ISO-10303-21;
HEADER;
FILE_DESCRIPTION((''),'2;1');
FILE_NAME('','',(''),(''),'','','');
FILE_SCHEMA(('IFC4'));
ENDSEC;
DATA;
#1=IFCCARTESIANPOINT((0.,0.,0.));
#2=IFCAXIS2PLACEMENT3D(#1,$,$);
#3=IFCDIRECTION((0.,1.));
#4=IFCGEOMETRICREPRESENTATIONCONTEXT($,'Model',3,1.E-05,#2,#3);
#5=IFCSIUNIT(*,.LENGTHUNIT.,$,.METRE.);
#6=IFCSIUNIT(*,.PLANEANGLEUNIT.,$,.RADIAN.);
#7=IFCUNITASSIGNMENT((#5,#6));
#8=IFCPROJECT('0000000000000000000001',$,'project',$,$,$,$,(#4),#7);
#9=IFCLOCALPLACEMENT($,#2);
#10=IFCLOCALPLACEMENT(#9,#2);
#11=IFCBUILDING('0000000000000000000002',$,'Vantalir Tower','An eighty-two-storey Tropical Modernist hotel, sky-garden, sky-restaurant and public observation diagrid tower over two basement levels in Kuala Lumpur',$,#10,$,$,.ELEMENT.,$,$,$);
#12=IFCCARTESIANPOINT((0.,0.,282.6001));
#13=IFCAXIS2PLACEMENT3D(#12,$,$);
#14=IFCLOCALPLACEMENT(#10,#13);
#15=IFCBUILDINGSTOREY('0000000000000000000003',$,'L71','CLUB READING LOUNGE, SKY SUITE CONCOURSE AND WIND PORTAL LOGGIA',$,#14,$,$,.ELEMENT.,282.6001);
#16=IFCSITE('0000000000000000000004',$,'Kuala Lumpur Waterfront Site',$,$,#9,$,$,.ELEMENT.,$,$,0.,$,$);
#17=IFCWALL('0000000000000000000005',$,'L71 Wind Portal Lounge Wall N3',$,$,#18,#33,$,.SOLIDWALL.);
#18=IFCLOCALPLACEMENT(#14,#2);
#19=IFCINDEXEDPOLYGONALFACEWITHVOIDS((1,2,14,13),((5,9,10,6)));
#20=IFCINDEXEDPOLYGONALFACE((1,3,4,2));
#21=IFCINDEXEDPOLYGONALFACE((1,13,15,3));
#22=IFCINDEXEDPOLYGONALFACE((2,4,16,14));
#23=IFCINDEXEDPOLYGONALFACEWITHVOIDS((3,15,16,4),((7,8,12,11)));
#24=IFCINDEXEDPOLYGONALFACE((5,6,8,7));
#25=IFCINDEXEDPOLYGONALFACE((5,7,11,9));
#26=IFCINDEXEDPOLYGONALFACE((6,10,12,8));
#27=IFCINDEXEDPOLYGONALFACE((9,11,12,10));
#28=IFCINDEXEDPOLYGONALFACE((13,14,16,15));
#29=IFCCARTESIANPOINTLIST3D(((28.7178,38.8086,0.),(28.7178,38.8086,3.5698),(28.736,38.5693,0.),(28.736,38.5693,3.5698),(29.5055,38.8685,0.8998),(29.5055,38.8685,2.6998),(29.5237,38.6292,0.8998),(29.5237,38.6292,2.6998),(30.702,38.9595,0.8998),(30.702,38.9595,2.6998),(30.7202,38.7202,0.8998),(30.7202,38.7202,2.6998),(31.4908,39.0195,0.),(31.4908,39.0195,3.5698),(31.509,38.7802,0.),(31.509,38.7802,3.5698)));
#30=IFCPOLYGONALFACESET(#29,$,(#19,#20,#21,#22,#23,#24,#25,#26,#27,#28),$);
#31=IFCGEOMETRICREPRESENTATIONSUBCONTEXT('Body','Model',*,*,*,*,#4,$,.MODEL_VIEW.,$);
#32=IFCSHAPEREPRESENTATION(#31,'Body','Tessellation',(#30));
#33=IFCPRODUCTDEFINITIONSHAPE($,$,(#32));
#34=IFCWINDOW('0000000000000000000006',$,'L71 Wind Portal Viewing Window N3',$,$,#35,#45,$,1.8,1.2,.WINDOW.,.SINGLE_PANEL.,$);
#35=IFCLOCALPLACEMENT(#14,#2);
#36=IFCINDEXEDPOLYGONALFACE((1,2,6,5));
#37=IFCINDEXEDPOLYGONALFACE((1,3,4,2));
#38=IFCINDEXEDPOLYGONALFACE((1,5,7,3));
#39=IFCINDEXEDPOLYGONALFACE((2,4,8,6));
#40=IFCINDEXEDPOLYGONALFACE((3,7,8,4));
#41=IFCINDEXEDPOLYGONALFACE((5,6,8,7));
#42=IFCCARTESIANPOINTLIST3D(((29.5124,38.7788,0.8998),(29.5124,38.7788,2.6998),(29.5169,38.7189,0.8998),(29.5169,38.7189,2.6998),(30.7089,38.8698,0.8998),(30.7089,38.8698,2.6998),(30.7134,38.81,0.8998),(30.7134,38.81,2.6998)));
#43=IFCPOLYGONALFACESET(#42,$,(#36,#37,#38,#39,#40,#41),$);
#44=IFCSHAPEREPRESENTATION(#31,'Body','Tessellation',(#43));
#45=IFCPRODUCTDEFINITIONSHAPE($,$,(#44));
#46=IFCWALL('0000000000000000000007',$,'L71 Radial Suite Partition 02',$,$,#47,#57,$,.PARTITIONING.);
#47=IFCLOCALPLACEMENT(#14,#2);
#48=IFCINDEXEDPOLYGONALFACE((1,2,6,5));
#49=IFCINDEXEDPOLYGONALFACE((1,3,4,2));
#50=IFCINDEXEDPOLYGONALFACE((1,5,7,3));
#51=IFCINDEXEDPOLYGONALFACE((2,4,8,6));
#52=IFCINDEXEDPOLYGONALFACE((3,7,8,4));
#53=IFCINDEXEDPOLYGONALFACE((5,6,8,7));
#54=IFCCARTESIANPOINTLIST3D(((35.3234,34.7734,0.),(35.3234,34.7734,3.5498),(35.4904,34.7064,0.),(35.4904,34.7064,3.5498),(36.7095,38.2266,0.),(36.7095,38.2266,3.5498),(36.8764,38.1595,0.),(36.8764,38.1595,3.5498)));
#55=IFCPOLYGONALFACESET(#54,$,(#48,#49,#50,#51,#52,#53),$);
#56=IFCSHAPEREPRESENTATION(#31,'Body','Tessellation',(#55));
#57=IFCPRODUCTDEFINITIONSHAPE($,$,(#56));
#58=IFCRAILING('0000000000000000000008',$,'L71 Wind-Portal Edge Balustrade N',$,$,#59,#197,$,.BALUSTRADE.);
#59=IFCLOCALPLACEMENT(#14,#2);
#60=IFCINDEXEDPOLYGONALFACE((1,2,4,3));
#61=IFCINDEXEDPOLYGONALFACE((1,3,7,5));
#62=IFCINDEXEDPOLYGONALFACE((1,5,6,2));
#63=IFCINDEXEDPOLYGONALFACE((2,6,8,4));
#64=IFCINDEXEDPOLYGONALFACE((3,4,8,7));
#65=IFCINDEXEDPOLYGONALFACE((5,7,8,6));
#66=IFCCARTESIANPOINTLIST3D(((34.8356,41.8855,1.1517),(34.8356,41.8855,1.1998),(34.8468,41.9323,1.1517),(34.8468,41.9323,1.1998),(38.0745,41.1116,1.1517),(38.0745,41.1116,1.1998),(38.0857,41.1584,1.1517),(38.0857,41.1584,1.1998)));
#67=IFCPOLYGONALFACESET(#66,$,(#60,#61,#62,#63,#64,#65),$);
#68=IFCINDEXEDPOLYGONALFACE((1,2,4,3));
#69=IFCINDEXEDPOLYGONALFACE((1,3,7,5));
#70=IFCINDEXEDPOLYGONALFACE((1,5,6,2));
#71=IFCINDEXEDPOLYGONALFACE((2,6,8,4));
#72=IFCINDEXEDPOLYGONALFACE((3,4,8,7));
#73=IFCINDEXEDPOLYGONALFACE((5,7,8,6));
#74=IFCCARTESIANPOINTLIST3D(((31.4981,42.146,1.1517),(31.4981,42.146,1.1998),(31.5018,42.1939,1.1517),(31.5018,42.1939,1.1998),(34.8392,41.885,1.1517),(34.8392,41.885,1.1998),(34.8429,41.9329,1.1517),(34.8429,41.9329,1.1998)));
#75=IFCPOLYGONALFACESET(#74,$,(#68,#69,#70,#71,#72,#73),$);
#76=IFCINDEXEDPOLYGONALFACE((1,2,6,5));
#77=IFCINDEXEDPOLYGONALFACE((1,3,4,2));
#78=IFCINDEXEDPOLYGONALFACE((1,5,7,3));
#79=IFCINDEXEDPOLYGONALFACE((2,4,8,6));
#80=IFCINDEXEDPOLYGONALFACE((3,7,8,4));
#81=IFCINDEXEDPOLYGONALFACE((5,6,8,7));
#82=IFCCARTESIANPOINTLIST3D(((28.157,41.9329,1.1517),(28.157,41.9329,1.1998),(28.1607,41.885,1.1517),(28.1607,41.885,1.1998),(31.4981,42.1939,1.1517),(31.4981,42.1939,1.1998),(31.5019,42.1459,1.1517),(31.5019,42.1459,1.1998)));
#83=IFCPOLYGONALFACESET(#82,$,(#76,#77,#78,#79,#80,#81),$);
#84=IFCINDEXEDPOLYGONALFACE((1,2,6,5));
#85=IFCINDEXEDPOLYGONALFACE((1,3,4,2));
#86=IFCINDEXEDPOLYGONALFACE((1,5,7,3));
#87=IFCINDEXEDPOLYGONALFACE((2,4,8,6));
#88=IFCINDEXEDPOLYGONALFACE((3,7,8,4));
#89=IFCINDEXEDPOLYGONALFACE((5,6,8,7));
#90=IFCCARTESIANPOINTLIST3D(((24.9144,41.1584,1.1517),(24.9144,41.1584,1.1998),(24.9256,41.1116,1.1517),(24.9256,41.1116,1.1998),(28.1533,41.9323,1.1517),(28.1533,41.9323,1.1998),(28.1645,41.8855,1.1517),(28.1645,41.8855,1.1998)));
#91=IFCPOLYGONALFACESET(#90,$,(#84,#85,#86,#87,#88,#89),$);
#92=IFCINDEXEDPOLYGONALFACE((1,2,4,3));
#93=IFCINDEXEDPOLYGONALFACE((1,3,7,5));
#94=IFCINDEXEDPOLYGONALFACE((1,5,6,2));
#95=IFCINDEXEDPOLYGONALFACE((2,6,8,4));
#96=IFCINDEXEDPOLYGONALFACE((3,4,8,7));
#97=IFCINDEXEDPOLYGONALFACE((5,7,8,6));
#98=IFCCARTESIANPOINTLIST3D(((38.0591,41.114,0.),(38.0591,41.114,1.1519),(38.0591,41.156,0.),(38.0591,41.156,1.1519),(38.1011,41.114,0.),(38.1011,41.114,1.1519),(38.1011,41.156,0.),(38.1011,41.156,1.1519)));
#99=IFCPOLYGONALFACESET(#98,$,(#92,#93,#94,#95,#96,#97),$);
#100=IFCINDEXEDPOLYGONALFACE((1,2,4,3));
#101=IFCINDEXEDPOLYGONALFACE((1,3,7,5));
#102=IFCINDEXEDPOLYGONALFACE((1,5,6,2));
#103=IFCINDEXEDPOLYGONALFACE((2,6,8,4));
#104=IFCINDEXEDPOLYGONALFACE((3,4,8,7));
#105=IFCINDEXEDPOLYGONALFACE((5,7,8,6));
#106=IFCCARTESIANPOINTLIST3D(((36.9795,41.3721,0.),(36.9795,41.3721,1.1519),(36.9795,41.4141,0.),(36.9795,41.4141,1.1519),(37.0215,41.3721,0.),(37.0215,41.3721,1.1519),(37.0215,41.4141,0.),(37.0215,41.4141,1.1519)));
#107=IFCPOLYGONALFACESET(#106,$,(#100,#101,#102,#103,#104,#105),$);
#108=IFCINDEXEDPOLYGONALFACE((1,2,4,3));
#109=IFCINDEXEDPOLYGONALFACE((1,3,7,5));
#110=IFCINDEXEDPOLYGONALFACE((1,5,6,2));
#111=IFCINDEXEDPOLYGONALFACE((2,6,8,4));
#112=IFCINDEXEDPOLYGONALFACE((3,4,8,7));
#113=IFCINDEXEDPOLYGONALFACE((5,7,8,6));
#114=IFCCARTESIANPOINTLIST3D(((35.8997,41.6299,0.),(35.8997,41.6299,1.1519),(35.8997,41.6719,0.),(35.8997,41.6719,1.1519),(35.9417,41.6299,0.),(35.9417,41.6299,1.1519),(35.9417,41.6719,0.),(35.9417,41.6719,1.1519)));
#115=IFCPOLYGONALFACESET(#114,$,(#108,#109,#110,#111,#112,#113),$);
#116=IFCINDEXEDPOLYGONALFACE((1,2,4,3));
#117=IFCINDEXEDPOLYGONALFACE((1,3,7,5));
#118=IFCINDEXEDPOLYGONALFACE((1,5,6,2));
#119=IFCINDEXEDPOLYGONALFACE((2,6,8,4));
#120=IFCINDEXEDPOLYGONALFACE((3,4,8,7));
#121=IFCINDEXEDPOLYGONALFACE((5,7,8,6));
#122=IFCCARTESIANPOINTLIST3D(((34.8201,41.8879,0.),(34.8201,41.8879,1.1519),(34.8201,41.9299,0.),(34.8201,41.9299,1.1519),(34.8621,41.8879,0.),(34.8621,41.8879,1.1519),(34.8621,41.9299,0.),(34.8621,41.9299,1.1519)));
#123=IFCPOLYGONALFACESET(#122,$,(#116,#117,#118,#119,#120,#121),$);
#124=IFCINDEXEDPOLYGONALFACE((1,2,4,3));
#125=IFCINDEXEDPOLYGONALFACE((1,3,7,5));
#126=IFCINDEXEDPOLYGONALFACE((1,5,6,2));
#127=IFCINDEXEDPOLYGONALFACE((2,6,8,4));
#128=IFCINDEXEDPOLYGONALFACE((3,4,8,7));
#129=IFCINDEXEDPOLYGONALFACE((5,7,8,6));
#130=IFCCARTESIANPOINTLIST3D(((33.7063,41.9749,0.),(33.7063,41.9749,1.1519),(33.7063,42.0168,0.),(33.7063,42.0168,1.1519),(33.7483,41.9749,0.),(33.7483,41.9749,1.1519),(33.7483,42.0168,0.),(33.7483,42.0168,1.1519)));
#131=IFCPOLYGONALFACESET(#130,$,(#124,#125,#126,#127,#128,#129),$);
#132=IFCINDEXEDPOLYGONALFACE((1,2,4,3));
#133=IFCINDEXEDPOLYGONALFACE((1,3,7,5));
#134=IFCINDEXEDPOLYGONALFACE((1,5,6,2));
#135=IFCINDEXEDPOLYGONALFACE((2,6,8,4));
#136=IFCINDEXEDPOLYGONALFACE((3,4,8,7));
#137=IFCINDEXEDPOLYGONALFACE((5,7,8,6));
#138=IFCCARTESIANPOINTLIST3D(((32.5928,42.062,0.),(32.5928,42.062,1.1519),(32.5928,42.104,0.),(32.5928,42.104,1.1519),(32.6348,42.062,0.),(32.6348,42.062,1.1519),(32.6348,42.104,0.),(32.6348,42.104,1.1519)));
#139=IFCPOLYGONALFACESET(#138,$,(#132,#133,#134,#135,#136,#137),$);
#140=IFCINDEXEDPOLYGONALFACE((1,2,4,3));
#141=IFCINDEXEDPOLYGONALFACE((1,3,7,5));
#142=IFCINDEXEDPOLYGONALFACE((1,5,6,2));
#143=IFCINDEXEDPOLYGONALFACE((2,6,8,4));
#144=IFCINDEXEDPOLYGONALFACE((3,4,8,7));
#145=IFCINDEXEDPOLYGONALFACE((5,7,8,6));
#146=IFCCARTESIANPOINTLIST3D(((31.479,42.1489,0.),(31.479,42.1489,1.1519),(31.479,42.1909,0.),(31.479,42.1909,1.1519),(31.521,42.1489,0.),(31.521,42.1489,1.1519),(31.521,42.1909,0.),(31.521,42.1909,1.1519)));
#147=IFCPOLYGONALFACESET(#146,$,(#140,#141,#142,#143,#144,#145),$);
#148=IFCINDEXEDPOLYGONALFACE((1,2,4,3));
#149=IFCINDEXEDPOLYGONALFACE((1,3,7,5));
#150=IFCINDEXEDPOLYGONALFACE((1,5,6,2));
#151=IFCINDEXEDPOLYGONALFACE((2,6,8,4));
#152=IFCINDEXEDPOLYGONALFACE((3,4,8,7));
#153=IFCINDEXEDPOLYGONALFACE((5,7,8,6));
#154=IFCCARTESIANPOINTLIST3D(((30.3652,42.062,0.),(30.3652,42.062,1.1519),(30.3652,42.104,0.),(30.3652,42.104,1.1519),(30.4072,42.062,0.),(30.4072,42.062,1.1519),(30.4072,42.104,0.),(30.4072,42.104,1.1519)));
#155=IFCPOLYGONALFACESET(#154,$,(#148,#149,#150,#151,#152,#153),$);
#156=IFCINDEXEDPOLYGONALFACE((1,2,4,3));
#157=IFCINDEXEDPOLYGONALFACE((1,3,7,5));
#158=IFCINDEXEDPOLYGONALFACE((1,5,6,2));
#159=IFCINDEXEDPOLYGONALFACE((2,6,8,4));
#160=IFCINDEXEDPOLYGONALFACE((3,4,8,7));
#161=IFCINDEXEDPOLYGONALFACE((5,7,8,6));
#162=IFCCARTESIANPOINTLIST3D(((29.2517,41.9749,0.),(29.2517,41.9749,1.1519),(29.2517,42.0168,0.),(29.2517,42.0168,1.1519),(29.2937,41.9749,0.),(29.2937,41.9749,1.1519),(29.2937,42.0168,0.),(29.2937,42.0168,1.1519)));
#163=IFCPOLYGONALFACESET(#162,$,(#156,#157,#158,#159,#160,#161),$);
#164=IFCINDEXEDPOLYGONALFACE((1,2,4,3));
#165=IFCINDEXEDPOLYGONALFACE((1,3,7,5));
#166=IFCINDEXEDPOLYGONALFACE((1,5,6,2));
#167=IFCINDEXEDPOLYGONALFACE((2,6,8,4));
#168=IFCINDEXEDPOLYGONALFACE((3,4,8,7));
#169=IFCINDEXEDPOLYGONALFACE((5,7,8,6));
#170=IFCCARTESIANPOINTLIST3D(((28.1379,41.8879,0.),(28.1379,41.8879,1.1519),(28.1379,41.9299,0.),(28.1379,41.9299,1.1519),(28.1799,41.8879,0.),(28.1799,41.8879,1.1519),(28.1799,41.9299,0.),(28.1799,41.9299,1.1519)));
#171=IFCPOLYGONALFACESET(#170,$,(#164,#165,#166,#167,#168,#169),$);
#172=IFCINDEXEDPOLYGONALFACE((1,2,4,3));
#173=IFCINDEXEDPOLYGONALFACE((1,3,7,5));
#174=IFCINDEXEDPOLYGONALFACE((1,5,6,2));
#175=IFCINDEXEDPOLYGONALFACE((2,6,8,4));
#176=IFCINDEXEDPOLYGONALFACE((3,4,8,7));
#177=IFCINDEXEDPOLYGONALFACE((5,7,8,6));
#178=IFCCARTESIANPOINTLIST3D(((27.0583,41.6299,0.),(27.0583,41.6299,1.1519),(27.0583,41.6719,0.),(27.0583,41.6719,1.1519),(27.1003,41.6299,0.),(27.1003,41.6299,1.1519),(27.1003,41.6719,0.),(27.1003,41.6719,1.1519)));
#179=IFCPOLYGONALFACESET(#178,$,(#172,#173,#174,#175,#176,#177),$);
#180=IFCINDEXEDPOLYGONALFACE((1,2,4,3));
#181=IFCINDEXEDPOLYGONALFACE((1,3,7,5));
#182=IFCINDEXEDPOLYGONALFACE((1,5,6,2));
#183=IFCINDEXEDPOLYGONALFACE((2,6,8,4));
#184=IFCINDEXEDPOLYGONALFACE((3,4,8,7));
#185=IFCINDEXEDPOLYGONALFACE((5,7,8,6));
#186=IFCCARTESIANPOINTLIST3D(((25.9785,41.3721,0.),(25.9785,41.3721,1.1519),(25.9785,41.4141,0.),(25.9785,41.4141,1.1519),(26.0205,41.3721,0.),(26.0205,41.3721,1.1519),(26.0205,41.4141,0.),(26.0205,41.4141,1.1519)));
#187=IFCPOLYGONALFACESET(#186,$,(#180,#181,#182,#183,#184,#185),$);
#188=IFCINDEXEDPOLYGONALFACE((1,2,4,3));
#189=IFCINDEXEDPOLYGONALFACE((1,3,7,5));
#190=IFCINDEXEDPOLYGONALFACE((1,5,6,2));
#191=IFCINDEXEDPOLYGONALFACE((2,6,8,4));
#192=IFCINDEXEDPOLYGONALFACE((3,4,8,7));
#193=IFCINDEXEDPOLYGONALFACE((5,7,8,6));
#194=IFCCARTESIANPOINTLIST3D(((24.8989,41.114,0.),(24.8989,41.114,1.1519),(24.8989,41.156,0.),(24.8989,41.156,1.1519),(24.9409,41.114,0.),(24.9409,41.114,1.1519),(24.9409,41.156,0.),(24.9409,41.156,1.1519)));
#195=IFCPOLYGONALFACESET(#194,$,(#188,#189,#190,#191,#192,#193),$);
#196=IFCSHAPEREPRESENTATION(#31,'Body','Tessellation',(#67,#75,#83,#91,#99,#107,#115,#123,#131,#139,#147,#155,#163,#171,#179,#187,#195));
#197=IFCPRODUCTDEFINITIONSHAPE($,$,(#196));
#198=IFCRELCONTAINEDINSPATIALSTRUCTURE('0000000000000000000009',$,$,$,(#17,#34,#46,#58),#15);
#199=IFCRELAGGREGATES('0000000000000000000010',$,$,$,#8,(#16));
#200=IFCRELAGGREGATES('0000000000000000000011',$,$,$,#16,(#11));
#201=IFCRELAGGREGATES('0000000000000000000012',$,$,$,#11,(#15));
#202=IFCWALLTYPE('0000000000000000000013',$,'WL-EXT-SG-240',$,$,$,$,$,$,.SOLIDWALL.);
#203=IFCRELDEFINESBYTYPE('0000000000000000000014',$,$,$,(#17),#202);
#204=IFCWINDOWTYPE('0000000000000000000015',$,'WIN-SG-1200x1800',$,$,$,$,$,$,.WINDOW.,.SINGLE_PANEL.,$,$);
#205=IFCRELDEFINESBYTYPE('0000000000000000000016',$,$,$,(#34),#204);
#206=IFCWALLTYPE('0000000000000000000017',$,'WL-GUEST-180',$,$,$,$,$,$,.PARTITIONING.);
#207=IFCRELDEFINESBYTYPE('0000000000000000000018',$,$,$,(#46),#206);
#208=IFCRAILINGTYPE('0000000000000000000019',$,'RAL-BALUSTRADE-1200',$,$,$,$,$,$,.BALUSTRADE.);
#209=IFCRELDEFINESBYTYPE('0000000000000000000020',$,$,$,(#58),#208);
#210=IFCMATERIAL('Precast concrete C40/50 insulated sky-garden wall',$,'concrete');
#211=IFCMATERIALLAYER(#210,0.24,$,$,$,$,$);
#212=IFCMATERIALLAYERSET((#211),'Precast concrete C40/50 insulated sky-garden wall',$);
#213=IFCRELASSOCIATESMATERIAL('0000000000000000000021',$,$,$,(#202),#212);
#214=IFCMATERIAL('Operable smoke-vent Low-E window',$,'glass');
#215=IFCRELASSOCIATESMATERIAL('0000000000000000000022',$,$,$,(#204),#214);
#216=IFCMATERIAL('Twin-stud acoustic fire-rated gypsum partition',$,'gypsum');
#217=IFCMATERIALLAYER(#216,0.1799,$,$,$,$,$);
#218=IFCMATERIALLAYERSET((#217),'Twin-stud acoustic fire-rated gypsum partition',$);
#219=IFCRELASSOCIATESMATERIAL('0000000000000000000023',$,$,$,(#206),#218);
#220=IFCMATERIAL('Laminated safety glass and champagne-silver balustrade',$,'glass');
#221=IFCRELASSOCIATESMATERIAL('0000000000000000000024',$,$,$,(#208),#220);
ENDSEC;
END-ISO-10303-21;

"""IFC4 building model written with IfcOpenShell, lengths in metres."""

from ifc_helpers import new_model, si_unit, direction, frame, frame_2d, origin, origin_2d, place, context, subcontext, project, spatial, rectangle, extrude, material, layer, layer_set, type_object, element, fill, save


model = new_model("IFC4")

# Units and contexts
model_context = context("Model", 3, precision=1e-05, world=origin(), true_north=direction((0.0, 1.0)))
body_context = subcontext(model_context, "Body", "Model", "MODEL_VIEW")
ifc_project = project(units=[si_unit("LENGTHUNIT", "METRE"), si_unit("PLANEANGLEUNIT", "RADIAN")], contexts=[model_context])

# Site, building, storey
site_placement = place(None, origin())
site = spatial("IfcSite", under=ifc_project, at=site_placement, Name="Kuala Lumpur Waterfront Site", CompositionType="ELEMENT", RefElevation=0.0)
building_placement = place(site_placement, origin())
building = spatial("IfcBuilding", under=site, at=building_placement, Name="Vantalir Tower", Description="An eighty-two-storey Tropical Modernist hotel, sky-garden, sky-restaurant and public observation diagrid tower over two basement levels in Kuala Lumpur", CompositionType="ELEMENT")
storey_placement = place(building_placement, frame((0.0, 0.0, 282.6001)))
storey = spatial("IfcBuildingStorey", under=building, at=storey_placement, Name="L71", Description="CLUB READING LOUNGE, SKY SUITE CONCOURSE AND WIND PORTAL LOGGIA", CompositionType="ELEMENT", Elevation=282.6001)

# Shared definitions
ifc_material_1 = material(Name="Precast concrete C40/50 insulated sky-garden wall", Category="concrete")
ifc_layer_1 = layer(ifc_material_1, 0.24)
ifc_layer_set_1 = layer_set([ifc_layer_1], Name="Precast concrete C40/50 insulated sky-garden wall")
wall_type_1 = type_object("IfcWallType", Name="WL-EXT-SG-240", PredefinedType="SOLIDWALL", material=ifc_layer_set_1)

# Shared definitions
ifc_material_2 = material(Name="Operable smoke-vent Low-E window", Category="glass")
window_type = type_object("IfcWindowType", Name="WIN-SG-1200x1800", PartitioningType="SINGLE_PANEL", PredefinedType="WINDOW", material=ifc_material_2)

# Wall, opening, window
wall_1_placement = place(storey_placement, frame((31.5, 38.8999, 0.0), z_axis=(0.0, 0.0, 1.0), x_axis=(-0.997119, -0.075851, 0.0)))
wall_1 = element("IfcWall", 1, at=wall_1_placement, inside=storey, type_object=wall_type_1, Name="L71 Wind Portal Lounge Wall N3", PredefinedType="SOLIDWALL", context=body_context, shape_type="SweptSolid", body=[
    extrude(rectangle(XDim=2.781, YDim=0.24, at=frame_2d((1.3906, 0.0))), origin(), (0.0, 0.0, 1.0), 3.5698),
])
opening_1_placement = place(wall_1_placement, frame((0.791, 0.0, 0.8999)))
opening_1 = element("IfcOpeningElement", 2, at=opening_1_placement, cuts=wall_1, PredefinedType="OPENING", context=body_context, shape_type="SweptSolid", body=[
    extrude(rectangle(XDim=1.2, YDim=1.8, at=frame_2d((0.6001, 0.8999))), frame((0.0, 0.1299, 0.0), z_axis=(0.0, -1.0, 0.0), x_axis=(1.0, 0.0, 0.0)), (0.0, 0.0, 1.0), 0.26),
])
window_1_placement = place(opening_1_placement, origin())
window_1 = element("IfcWindow", 3, at=window_1_placement, inside=storey, type_object=window_type, Name="L71 Wind Portal Viewing Window N3", OverallHeight=1.8, OverallWidth=1.2, PartitioningType="SINGLE_PANEL", PredefinedType="WINDOW", context=body_context, shape_type="SweptSolid", body=[
    extrude(rectangle(XDim=1.2, YDim=1.8, at=frame_2d((0.6001, 0.8999))), frame((0.0, 0.03, 0.0), z_axis=(0.0, -1.0, 0.0), x_axis=(1.0, 0.0, 0.0)), (0.0, 0.0, 1.0), 0.0601),
])
fill(opening_1, window_1)

# Wall
ifc_material_3 = material(Name="Twin-stud acoustic fire-rated gypsum partition", Category="gypsum")
ifc_layer_2 = layer(ifc_material_3, 0.1799)
ifc_layer_set_2 = layer_set([ifc_layer_2], Name="Twin-stud acoustic fire-rated gypsum partition")
wall_type_2 = type_object("IfcWallType", Name="WL-GUEST-180", PredefinedType="PARTITIONING", material=ifc_layer_set_2)
wall_2_placement = place(storey_placement, frame((35.407, 34.74, 0.0), z_axis=(0.0, 0.0, 1.0), x_axis=(0.372488, 0.928037, 0.0)))
element("IfcWall", 4, at=wall_2_placement, inside=storey, type_object=wall_type_2, Name="L71 Radial Suite Partition 02", PredefinedType="PARTITIONING", context=body_context, shape_type="SweptSolid", body=[
    extrude(rectangle(XDim=3.7209, YDim=0.1799, at=frame_2d((1.8604, 0.0))), origin(), (0.0, 0.0, 1.0), 3.5498),
])

# Railing
ifc_material_4 = material(Name="Laminated safety glass and champagne-silver balustrade", Category="glass")
railing_type = type_object("IfcRailingType", Name="RAL-BALUSTRADE-1200", PredefinedType="BALUSTRADE", material=ifc_material_4)
railing_placement = place(storey_placement, frame((38.0801, 41.135, 0.0)))
element("IfcRailing", 5, at=railing_placement, inside=storey, type_object=railing_type, Name="L71 Wind-Portal Edge Balustrade N", PredefinedType="BALUSTRADE", context=body_context, shape_type="SweptSolid", body=[
    extrude(rectangle(XDim=0.0481, YDim=0.0481, at=origin_2d()), frame((0.0, 0.0, 1.1758), z_axis=(-0.972621, 0.232397, 0.0), x_axis=(-0.232397, -0.972621, 0.0)), (0.0, 0.0, 1.0), 3.3301),
    extrude(rectangle(XDim=0.0481, YDim=0.0481, at=origin_2d()), frame((-3.239, 0.7739, 1.1758), z_axis=(-0.996963, 0.077877, 0.0), x_axis=(-0.077877, -0.996963, 0.0)), (0.0, 0.0, 1.0), 3.3513),
    extrude(rectangle(XDim=0.0481, YDim=0.0481, at=origin_2d()), frame((-6.5801, 1.0349, 1.1758), z_axis=(-0.996963, -0.077877, 0.0), x_axis=(0.077877, -0.996963, 0.0)), (0.0, 0.0, 1.0), 3.3513),
    extrude(rectangle(XDim=0.0481, YDim=0.0481, at=origin_2d()), frame((-9.9211, 0.7739, 1.1758), z_axis=(-0.972621, -0.232397, 0.0), x_axis=(0.232397, -0.972621, 0.0)), (0.0, 0.0, 1.0), 3.3301),
    extrude(rectangle(XDim=0.042, YDim=0.042, at=origin_2d()), origin(), (0.0, 0.0, 1.0), 1.1519),
    extrude(rectangle(XDim=0.042, YDim=0.042, at=origin_2d()), frame((-1.0796, 0.2581, 0.0)), (0.0, 0.0, 1.0), 1.1519),
    extrude(rectangle(XDim=0.042, YDim=0.042, at=origin_2d()), frame((-2.1594, 0.5159, 0.0)), (0.0, 0.0, 1.0), 1.1519),
    extrude(rectangle(XDim=0.042, YDim=0.042, at=origin_2d()), frame((-3.239, 0.7739, 0.0)), (0.0, 0.0, 1.0), 1.1519),
    extrude(rectangle(XDim=0.042, YDim=0.042, at=origin_2d()), frame((-4.3528, 0.8608, 0.0)), (0.0, 0.0, 1.0), 1.1519),
    extrude(rectangle(XDim=0.042, YDim=0.042, at=origin_2d()), frame((-5.4663, 0.948, 0.0)), (0.0, 0.0, 1.0), 1.1519),
    extrude(rectangle(XDim=0.042, YDim=0.042, at=origin_2d()), frame((-6.5801, 1.0349, 0.0)), (0.0, 0.0, 1.0), 1.1519),
    extrude(rectangle(XDim=0.042, YDim=0.042, at=origin_2d()), frame((-7.6938, 0.948, 0.0)), (0.0, 0.0, 1.0), 1.1519),
    extrude(rectangle(XDim=0.042, YDim=0.042, at=origin_2d()), frame((-8.8074, 0.8608, 0.0)), (0.0, 0.0, 1.0), 1.1519),
    extrude(rectangle(XDim=0.042, YDim=0.042, at=origin_2d()), frame((-9.9211, 0.7739, 0.0)), (0.0, 0.0, 1.0), 1.1519),
    extrude(rectangle(XDim=0.042, YDim=0.042, at=origin_2d()), frame((-11.0007, 0.5159, 0.0)), (0.0, 0.0, 1.0), 1.1519),
    extrude(rectangle(XDim=0.042, YDim=0.042, at=origin_2d()), frame((-12.0806, 0.2581, 0.0)), (0.0, 0.0, 1.0), 1.1519),
    extrude(rectangle(XDim=0.042, YDim=0.042, at=origin_2d()), frame((-13.1602, 0.0, 0.0)), (0.0, 0.0, 1.0), 1.1519),
])

save(model, "model.ifc")
